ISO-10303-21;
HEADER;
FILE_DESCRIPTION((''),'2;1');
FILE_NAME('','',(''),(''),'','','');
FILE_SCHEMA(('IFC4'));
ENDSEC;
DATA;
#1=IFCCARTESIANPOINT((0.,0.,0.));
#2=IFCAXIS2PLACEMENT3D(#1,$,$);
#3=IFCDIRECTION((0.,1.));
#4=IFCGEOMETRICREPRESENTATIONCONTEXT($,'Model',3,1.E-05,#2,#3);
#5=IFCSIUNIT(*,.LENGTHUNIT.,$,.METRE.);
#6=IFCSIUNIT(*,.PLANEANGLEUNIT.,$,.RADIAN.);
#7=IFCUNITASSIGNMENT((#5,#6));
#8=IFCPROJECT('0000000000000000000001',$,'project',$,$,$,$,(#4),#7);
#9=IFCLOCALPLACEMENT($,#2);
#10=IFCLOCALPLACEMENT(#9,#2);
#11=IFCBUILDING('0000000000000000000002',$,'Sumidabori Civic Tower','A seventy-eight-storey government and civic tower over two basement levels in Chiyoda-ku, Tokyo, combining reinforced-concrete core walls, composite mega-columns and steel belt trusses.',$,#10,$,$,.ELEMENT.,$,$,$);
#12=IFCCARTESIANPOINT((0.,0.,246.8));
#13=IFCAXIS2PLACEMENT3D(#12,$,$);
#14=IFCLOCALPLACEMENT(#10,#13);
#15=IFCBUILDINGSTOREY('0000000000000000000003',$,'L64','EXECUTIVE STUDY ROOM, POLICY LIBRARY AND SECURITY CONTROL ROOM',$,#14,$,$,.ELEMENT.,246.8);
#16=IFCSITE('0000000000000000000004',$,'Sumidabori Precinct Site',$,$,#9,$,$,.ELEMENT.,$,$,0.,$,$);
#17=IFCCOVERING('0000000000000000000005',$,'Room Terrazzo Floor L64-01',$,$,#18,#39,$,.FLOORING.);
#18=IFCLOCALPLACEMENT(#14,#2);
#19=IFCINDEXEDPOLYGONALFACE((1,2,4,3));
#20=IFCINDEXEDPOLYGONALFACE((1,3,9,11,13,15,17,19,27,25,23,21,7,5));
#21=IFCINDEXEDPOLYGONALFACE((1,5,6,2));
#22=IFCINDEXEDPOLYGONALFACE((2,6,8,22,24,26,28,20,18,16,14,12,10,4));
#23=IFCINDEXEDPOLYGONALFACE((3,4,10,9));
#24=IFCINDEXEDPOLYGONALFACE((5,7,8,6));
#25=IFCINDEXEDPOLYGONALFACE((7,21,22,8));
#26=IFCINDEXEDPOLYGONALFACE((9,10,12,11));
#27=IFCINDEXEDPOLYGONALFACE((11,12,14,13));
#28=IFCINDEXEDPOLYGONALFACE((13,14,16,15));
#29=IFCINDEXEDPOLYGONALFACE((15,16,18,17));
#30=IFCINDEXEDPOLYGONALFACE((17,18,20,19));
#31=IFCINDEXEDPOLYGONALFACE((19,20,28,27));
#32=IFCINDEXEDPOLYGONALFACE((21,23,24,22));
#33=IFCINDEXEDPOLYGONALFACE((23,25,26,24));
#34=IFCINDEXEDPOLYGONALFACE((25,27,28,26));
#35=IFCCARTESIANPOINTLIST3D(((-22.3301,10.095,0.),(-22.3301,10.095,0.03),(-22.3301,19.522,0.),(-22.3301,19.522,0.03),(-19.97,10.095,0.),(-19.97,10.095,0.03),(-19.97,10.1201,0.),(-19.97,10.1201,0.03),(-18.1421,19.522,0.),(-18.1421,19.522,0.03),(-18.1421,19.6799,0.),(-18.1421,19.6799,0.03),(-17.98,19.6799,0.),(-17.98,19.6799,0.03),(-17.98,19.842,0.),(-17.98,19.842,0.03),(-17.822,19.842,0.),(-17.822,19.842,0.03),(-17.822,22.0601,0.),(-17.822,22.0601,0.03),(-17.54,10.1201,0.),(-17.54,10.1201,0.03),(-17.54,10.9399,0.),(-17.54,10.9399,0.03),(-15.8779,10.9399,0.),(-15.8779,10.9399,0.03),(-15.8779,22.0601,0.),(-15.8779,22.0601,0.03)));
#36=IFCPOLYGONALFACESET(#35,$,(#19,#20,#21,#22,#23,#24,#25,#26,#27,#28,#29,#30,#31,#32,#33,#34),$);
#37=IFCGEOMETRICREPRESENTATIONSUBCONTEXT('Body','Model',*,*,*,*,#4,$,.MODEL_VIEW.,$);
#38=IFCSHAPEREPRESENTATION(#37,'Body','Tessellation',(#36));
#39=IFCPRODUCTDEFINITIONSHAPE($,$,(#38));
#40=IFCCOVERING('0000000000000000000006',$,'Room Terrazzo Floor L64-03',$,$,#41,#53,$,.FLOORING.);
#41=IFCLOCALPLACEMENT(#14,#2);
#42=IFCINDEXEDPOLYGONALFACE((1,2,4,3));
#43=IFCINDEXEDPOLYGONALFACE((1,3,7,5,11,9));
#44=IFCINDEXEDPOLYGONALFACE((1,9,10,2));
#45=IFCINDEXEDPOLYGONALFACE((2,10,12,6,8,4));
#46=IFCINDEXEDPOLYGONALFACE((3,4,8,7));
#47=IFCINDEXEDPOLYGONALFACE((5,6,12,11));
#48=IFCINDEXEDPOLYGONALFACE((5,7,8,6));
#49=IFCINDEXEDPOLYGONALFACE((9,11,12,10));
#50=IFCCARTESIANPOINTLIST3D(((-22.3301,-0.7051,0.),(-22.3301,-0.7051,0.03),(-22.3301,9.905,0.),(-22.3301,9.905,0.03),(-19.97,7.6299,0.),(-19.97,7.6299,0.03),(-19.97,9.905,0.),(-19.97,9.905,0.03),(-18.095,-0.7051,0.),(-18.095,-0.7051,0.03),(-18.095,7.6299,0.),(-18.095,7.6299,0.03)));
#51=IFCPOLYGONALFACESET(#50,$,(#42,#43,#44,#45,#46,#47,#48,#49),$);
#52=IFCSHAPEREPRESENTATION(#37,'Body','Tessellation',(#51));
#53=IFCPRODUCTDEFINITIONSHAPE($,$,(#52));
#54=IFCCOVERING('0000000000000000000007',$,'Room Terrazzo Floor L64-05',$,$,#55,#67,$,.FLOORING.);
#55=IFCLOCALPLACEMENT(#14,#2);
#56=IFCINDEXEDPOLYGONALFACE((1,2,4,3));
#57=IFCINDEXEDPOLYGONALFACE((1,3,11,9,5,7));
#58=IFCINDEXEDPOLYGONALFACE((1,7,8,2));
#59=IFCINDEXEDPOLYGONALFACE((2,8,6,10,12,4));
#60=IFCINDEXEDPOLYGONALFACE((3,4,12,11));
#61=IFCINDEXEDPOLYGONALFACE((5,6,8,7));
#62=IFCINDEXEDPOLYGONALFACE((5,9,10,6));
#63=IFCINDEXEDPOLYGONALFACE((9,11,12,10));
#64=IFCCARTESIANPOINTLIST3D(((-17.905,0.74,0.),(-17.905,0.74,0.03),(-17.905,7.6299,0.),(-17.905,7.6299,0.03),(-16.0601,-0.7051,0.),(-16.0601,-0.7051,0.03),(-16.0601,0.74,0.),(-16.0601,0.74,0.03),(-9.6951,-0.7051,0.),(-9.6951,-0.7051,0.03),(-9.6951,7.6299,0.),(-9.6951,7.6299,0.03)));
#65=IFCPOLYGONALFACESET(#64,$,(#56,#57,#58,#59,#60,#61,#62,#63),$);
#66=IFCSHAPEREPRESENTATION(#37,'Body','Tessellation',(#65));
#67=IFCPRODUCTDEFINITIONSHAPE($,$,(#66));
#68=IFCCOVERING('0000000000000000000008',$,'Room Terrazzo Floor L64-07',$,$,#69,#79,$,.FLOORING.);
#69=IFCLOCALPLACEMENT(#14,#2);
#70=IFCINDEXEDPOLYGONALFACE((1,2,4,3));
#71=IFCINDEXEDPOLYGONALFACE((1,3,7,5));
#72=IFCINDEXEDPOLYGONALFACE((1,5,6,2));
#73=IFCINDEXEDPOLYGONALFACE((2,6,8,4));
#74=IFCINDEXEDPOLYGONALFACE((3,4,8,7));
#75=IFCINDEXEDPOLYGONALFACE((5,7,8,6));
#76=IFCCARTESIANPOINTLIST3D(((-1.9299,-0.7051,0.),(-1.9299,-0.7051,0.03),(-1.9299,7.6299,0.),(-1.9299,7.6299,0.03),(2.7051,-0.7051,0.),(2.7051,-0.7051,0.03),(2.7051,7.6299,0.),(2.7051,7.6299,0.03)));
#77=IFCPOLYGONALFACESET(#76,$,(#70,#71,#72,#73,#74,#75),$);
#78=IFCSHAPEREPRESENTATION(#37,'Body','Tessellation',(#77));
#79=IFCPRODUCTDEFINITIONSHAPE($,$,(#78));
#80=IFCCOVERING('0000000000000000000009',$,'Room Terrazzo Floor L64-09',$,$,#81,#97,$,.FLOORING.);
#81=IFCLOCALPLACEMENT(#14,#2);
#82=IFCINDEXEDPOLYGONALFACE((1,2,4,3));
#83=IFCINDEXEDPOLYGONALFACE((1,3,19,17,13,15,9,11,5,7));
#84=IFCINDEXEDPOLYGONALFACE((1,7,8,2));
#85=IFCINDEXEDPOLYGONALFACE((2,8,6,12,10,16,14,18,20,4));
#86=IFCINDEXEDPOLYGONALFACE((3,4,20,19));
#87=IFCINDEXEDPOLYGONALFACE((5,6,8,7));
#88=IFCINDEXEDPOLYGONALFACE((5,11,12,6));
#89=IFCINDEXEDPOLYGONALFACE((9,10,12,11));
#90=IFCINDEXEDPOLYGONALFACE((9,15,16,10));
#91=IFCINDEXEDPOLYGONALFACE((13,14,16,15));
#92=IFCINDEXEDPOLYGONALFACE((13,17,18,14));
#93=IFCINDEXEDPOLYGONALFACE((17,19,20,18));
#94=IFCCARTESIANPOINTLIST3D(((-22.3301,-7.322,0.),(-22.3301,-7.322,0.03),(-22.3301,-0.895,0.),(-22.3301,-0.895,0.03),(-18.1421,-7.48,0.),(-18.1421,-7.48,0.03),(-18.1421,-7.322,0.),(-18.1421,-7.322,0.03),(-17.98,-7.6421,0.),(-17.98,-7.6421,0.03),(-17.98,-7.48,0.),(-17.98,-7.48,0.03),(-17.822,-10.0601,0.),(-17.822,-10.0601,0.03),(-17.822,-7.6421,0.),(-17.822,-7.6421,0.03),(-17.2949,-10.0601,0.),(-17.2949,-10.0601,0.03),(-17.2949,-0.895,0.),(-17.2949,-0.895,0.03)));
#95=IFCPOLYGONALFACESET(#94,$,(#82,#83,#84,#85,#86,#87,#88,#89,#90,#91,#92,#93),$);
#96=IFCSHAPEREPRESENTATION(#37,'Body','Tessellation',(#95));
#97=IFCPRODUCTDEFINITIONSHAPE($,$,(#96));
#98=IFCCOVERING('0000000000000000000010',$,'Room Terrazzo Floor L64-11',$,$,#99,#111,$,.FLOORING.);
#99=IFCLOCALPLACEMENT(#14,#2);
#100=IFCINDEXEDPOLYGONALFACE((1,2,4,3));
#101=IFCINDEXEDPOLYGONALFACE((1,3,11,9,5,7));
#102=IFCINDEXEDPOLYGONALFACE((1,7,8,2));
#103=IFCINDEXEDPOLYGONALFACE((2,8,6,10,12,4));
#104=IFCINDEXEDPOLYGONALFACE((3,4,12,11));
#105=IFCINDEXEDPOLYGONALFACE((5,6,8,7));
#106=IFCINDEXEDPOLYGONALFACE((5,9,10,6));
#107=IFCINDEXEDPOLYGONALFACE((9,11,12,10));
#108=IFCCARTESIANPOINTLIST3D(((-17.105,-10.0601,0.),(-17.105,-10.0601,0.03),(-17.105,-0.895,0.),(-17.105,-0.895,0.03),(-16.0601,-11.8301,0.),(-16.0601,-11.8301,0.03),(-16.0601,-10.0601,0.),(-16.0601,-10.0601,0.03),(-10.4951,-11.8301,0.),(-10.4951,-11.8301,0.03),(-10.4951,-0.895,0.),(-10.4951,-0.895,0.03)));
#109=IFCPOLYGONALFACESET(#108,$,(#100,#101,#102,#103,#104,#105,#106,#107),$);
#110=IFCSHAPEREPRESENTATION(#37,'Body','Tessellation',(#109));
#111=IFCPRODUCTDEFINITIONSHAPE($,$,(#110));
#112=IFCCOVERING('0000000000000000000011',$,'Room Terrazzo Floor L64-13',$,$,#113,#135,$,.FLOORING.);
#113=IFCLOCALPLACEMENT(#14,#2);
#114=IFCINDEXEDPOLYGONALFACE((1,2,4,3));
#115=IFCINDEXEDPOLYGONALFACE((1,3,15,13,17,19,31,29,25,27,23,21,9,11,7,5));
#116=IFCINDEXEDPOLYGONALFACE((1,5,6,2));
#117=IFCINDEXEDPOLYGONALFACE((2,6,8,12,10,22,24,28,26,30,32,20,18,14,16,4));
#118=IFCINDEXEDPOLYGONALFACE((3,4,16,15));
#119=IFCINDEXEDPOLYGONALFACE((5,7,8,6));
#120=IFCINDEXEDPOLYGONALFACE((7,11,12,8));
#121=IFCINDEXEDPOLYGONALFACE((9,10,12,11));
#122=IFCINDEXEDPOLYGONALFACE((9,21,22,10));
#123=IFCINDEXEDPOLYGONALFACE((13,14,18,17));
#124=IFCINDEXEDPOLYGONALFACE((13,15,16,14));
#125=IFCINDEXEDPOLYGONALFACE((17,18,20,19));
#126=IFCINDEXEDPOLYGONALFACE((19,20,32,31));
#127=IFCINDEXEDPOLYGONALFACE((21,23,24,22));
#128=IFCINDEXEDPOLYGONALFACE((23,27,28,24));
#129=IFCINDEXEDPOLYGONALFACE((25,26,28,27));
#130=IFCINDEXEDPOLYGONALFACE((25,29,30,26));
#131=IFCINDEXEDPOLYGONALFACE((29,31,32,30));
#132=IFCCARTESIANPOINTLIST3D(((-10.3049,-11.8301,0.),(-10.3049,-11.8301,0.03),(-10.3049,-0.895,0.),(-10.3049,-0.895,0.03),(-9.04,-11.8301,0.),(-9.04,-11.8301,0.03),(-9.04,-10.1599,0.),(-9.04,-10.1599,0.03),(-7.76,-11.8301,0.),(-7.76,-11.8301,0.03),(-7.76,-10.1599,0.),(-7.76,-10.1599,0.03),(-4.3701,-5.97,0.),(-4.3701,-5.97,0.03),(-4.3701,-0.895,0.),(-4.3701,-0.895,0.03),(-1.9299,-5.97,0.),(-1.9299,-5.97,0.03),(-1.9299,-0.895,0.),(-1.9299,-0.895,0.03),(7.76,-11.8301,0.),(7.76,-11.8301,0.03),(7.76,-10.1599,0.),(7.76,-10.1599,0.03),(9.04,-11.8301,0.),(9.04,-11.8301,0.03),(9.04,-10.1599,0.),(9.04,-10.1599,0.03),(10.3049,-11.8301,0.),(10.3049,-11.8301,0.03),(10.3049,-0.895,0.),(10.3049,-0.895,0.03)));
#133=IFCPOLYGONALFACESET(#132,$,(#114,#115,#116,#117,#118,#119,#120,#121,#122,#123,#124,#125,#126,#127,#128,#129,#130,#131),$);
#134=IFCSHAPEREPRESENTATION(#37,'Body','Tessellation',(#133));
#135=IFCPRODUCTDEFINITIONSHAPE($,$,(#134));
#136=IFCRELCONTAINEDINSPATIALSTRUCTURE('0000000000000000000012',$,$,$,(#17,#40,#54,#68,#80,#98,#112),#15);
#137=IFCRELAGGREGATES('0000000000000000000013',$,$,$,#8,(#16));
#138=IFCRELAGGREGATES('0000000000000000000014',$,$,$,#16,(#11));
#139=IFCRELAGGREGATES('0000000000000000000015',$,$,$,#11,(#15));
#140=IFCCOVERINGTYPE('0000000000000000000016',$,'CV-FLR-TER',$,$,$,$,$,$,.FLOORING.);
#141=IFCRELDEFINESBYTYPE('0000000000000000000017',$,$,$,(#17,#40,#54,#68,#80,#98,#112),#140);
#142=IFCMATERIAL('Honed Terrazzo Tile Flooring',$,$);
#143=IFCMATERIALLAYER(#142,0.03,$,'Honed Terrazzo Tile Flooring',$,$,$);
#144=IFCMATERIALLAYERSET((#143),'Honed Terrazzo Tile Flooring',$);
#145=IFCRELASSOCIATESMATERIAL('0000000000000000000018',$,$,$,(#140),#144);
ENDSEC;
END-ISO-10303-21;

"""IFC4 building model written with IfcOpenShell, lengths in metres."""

from ifc_helpers import new_model, si_unit, direction, frame, origin, place, context, subcontext, project, spatial, polyline, outline, extrude, material, layer, layer_set, type_object, element, save


model = new_model("IFC4")

# Units and contexts
model_context = context("Model", 3, precision=1e-05, world=origin(), true_north=direction((0.0, 1.0)))
body_context = subcontext(model_context, "Body", "Model", "MODEL_VIEW")
ifc_project = project(units=[si_unit("LENGTHUNIT", "METRE"), si_unit("PLANEANGLEUNIT", "RADIAN")], contexts=[model_context])

# Site, building, storey
site_placement = place(None, origin())
site = spatial("IfcSite", under=ifc_project, at=site_placement, Name="Sumidabori Precinct Site", CompositionType="ELEMENT", RefElevation=0.0)
building_placement = place(site_placement, origin())
building = spatial("IfcBuilding", under=site, at=building_placement, Name="Sumidabori Civic Tower", Description="A seventy-eight-storey government and civic tower over two basement levels in Chiyoda-ku, Tokyo, combining reinforced-concrete core walls, composite mega-columns and steel belt trusses.", CompositionType="ELEMENT")
storey_placement = place(building_placement, frame((0.0, 0.0, 246.8)))
storey = spatial("IfcBuildingStorey", under=building, at=storey_placement, Name="L64", Description="EXECUTIVE STUDY ROOM, POLICY LIBRARY AND SECURITY CONTROL ROOM", CompositionType="ELEMENT", Elevation=246.8)

# Coverings
ifc_material_1 = material(Name="Honed Terrazzo Tile Flooring")
ifc_layer_1 = layer(ifc_material_1, 0.03, Name="Honed Terrazzo Tile Flooring")
ifc_layer_set_1 = layer_set([ifc_layer_1], Name="Honed Terrazzo Tile Flooring")
covering_type_1 = type_object("IfcCoveringType", Name="CV-FLR-TER", PredefinedType="FLOORING", material=ifc_layer_set_1)
covering_1_placement = place(storey_placement, origin())
element("IfcCovering", 1, at=covering_1_placement, inside=storey, type_object=covering_type_1, Name="Room Terrazzo Floor L64-01", PredefinedType="FLOORING", context=body_context, shape_type="SweptSolid", body=[
    extrude(outline(polyline([(-22.3301, 10.095), (-22.3301, 19.522), (-18.1421, 19.522), (-18.1421, 19.6799), (-17.98, 19.6799), (-17.98, 19.842), (-17.822, 19.842), (-17.822, 22.0601), (-15.8779, 22.0601), (-15.8779, 10.9399), (-17.54, 10.9399), (-17.54, 10.1201), (-19.97, 10.1201), (-19.97, 10.095), (-22.3301, 10.095)])), origin(), (0.0, 0.0, 1.0), 0.03),
])
covering_2_placement = place(storey_placement, origin())
element("IfcCovering", 2, at=covering_2_placement, inside=storey, type_object=covering_type_1, Name="Room Terrazzo Floor L64-03", PredefinedType="FLOORING", context=body_context, shape_type="SweptSolid", body=[
    extrude(outline(polyline([(-19.97, 7.6299), (-18.095, 7.6299), (-18.095, -0.7051), (-22.3301, -0.7051), (-22.3301, 9.905), (-19.97, 9.905), (-19.97, 7.6299)])), origin(), (0.0, 0.0, 1.0), 0.03),
])
covering_3_placement = place(storey_placement, origin())
element("IfcCovering", 3, at=covering_3_placement, inside=storey, type_object=covering_type_1, Name="Room Terrazzo Floor L64-05", PredefinedType="FLOORING", context=body_context, shape_type="SweptSolid", body=[
    extrude(outline(polyline([(-17.905, 7.6299), (-9.6951, 7.6299), (-9.6951, -0.7051), (-16.0601, -0.7051), (-16.0601, 0.74), (-17.905, 0.74), (-17.905, 7.6299)])), origin(), (0.0, 0.0, 1.0), 0.03),
])
covering_4_placement = place(storey_placement, origin())
element("IfcCovering", 4, at=covering_4_placement, inside=storey, type_object=covering_type_1, Name="Room Terrazzo Floor L64-07", PredefinedType="FLOORING", context=body_context, shape_type="SweptSolid", body=[
    extrude(outline(polyline([(-1.9299, 7.6299), (2.7051, 7.6299), (2.7051, -0.7051), (-1.9299, -0.7051), (-1.9299, 7.6299)])), origin(), (0.0, 0.0, 1.0), 0.03),
])
covering_5_placement = place(storey_placement, origin())
element("IfcCovering", 5, at=covering_5_placement, inside=storey, type_object=covering_type_1, Name="Room Terrazzo Floor L64-09", PredefinedType="FLOORING", context=body_context, shape_type="SweptSolid", body=[
    extrude(outline(polyline([(-22.3301, -7.322), (-22.3301, -0.895), (-17.2949, -0.895), (-17.2949, -10.0601), (-17.822, -10.0601), (-17.822, -7.6421), (-17.98, -7.6421), (-17.98, -7.48), (-18.1421, -7.48), (-18.1421, -7.322), (-22.3301, -7.322)])), origin(), (0.0, 0.0, 1.0), 0.03),
])
covering_6_placement = place(storey_placement, origin())
element("IfcCovering", 6, at=covering_6_placement, inside=storey, type_object=covering_type_1, Name="Room Terrazzo Floor L64-11", PredefinedType="FLOORING", context=body_context, shape_type="SweptSolid", body=[
    extrude(outline(polyline([(-16.0601, -10.0601), (-17.105, -10.0601), (-17.105, -0.895), (-10.4951, -0.895), (-10.4951, -11.8301), (-16.0601, -11.8301), (-16.0601, -10.0601)])), origin(), (0.0, 0.0, 1.0), 0.03),
])
covering_7_placement = place(storey_placement, origin())
element("IfcCovering", 7, at=covering_7_placement, inside=storey, type_object=covering_type_1, Name="Room Terrazzo Floor L64-13", PredefinedType="FLOORING", context=body_context, shape_type="SweptSolid", body=[
    extrude(outline(polyline([(-4.3701, -5.97), (-1.9299, -5.97), (-1.9299, -0.895), (10.3049, -0.895), (10.3049, -11.8301), (9.04, -11.8301), (9.04, -10.1599), (7.76, -10.1599), (7.76, -11.8301), (-7.76, -11.8301), (-7.76, -10.1599), (-9.04, -10.1599), (-9.04, -11.8301), (-10.3049, -11.8301), (-10.3049, -0.895), (-4.3701, -0.895), (-4.3701, -5.97)])), origin(), (0.0, 0.0, 1.0), 0.03),
])

save(model, "model.ifc")
